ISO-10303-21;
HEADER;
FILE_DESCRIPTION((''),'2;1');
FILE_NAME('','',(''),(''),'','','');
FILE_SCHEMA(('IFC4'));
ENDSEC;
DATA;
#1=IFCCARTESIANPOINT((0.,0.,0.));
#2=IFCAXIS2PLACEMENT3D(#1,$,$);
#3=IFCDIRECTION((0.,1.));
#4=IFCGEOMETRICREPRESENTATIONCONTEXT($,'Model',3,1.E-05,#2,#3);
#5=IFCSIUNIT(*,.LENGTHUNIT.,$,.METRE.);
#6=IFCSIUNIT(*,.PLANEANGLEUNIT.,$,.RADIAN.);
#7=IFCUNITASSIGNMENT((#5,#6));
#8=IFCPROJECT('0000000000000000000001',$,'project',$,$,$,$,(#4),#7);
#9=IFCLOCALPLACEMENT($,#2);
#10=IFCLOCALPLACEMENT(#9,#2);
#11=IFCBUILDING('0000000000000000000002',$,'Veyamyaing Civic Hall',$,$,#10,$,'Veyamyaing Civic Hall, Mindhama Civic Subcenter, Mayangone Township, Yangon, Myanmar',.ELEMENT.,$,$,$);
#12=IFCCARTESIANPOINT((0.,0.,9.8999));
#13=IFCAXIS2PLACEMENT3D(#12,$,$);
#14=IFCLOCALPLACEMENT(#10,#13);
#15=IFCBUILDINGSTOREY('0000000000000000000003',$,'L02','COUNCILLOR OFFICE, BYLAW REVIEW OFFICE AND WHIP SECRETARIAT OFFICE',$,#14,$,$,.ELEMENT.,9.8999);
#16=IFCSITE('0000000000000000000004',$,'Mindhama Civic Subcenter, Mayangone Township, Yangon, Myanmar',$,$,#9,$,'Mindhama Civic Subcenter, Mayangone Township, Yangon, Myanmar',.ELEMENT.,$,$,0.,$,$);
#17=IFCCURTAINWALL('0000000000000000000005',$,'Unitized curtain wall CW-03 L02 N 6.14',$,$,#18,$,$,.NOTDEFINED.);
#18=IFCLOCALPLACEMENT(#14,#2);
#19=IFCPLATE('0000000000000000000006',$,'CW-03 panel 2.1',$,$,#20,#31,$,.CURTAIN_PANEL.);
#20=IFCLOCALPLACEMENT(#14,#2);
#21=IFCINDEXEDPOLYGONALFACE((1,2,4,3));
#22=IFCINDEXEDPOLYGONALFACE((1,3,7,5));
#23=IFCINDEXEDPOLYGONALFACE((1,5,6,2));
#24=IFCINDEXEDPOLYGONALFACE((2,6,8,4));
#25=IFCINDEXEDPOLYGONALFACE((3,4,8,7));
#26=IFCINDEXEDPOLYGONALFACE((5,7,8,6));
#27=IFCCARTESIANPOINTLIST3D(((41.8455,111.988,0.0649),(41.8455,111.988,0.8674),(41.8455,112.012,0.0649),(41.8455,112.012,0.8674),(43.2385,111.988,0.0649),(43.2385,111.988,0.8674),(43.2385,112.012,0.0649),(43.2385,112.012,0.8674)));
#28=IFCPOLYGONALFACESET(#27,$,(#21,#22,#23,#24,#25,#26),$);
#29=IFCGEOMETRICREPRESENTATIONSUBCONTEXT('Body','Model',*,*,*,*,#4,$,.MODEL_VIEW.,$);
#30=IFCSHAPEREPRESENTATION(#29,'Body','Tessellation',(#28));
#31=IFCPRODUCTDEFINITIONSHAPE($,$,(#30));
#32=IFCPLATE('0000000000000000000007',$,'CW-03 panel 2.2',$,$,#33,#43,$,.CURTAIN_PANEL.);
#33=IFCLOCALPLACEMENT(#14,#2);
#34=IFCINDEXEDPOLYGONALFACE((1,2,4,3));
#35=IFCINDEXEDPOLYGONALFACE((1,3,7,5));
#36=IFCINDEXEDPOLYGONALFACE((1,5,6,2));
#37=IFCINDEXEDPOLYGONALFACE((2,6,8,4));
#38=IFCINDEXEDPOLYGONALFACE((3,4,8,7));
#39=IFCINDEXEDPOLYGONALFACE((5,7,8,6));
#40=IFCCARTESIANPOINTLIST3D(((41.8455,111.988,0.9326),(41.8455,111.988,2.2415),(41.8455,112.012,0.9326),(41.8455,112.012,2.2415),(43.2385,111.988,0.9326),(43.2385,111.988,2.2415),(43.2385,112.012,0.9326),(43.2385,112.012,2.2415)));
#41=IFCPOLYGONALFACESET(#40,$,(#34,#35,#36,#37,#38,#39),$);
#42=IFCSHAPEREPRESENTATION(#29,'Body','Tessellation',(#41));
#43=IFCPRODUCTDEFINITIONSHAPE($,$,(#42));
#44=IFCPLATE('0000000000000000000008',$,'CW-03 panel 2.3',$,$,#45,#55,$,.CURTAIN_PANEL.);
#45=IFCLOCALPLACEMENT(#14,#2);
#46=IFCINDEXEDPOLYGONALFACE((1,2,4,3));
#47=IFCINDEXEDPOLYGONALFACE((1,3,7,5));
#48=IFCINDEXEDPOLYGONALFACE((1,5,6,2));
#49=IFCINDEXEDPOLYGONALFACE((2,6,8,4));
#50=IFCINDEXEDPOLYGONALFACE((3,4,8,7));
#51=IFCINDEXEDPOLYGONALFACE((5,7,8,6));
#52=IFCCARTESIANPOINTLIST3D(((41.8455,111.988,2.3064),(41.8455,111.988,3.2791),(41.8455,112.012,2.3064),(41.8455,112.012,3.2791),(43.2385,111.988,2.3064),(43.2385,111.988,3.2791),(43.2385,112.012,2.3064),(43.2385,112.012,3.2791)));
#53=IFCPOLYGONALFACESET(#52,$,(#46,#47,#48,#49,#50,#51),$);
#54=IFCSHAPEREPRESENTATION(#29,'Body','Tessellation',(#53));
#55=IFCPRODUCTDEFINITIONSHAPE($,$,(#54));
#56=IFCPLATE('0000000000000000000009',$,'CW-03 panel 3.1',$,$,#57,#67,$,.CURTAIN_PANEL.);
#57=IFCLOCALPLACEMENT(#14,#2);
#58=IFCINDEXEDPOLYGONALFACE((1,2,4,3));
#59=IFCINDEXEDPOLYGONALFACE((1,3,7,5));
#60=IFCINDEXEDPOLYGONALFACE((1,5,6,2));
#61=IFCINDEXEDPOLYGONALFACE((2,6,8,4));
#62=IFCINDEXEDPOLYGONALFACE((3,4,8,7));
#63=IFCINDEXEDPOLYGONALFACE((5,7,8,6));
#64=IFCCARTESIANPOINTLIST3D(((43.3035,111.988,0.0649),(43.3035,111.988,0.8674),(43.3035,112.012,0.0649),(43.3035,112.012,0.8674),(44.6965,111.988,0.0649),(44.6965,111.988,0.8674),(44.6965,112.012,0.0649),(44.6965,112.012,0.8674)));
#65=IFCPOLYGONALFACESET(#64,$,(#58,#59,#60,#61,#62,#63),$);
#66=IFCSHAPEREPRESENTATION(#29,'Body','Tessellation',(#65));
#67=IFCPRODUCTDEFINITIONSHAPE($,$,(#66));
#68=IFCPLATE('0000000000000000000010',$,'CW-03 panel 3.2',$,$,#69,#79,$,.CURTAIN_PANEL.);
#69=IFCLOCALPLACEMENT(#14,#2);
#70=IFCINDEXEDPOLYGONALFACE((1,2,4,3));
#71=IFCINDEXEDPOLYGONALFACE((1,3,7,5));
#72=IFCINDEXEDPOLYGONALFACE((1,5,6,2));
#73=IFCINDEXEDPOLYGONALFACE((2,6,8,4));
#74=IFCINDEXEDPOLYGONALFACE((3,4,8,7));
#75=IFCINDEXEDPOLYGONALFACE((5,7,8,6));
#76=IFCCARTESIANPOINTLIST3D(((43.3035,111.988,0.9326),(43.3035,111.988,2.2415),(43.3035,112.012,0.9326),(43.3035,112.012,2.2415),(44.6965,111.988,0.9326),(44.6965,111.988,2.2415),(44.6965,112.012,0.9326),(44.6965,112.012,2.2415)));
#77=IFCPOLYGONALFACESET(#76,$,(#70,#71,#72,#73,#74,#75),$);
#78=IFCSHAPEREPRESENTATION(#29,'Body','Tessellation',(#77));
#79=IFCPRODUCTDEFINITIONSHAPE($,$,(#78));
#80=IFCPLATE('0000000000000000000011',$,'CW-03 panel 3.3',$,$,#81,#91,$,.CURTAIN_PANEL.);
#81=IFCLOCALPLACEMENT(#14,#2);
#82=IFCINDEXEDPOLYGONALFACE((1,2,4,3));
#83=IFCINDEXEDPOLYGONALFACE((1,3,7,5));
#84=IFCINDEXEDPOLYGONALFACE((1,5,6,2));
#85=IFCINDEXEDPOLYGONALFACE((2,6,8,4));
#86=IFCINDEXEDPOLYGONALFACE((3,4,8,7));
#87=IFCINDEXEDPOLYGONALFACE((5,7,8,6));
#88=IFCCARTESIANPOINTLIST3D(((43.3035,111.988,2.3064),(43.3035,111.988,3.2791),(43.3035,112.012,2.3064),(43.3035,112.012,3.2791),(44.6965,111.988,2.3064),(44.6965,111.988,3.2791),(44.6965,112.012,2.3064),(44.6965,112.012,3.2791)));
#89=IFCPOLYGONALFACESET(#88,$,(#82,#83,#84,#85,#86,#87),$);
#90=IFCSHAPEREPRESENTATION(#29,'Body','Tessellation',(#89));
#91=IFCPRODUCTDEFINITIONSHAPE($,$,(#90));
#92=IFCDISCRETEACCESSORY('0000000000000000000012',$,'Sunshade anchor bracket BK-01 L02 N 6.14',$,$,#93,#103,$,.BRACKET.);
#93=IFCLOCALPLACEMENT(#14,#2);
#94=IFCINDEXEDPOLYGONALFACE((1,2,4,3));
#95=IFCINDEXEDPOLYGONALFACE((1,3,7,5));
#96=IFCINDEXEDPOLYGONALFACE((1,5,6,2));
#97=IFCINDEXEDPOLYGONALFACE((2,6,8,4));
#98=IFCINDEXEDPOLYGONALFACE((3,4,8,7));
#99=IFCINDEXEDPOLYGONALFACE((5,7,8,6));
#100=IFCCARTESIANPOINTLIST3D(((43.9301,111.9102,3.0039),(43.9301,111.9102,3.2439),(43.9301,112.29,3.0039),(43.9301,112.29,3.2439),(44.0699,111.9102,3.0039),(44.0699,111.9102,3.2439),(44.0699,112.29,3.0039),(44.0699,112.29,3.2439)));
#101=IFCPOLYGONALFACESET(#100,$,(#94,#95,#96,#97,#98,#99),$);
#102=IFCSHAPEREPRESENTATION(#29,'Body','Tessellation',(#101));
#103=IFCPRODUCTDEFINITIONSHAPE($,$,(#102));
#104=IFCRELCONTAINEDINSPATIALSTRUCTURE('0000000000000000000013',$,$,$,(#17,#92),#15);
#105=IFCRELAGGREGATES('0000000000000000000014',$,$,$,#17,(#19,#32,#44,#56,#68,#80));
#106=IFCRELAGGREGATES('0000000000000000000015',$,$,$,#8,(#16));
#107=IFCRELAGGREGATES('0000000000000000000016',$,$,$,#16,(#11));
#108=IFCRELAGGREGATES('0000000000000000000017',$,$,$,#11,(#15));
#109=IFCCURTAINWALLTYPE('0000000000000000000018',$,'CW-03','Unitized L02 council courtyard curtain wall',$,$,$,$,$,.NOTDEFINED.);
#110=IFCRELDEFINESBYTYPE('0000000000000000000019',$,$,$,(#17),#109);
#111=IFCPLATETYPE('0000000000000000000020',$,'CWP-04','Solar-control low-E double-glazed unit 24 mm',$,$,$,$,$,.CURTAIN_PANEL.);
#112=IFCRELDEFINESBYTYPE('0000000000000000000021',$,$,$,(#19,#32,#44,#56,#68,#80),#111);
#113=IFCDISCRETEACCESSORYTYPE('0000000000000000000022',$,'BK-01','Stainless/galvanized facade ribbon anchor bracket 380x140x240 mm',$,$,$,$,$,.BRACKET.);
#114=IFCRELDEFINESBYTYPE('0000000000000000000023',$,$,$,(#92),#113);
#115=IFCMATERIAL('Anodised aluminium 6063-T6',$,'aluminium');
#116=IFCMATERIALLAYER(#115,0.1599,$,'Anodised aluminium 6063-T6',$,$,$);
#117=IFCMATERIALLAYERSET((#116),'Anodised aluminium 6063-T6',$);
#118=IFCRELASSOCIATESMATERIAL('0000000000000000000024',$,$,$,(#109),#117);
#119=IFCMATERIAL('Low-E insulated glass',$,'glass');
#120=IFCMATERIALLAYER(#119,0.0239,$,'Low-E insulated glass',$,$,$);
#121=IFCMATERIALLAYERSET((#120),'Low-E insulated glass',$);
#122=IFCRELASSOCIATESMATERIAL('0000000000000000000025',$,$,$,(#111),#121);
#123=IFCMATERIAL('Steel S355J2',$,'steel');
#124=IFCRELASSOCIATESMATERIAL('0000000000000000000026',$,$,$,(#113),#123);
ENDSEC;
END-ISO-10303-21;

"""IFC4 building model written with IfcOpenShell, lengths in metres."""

from ifc_helpers import new_model, si_unit, direction, frame, origin, origin_2d, place, context, subcontext, project, spatial, rectangle, extrude, material, layer, layer_set, type_object, element, aggregate, save


model = new_model("IFC4")

# Units and contexts
model_context = context("Model", 3, precision=1e-05, world=origin(), true_north=direction((0.0, 1.0)))
body_context = subcontext(model_context, "Body", "Model", "MODEL_VIEW")
ifc_project = project(units=[si_unit("LENGTHUNIT", "METRE"), si_unit("PLANEANGLEUNIT", "RADIAN")], contexts=[model_context])

# Site, building, storey
site_placement = place(None, origin())
site = spatial("IfcSite", under=ifc_project, at=site_placement, Name="Mindhama Civic Subcenter, Mayangone Township, Yangon, Myanmar", LongName="Mindhama Civic Subcenter, Mayangone Township, Yangon, Myanmar", CompositionType="ELEMENT", RefElevation=0.0)
building_placement = place(site_placement, origin())
building = spatial("IfcBuilding", under=site, at=building_placement, Name="Veyamyaing Civic Hall", LongName="Veyamyaing Civic Hall, Mindhama Civic Subcenter, Mayangone Township, Yangon, Myanmar", CompositionType="ELEMENT")
storey_placement = place(building_placement, frame((0.0, 0.0, 9.8999)))
storey = spatial("IfcBuildingStorey", under=building, at=storey_placement, Name="L02", Description="COUNCILLOR OFFICE, BYLAW REVIEW OFFICE AND WHIP SECRETARIAT OFFICE", CompositionType="ELEMENT", Elevation=9.8999)

# Curtain wall, plates
ifc_material_1 = material(Name="Anodised aluminium 6063-T6", Category="aluminium")
ifc_layer_1 = layer(ifc_material_1, 0.1599, Name="Anodised aluminium 6063-T6")
ifc_layer_set_1 = layer_set([ifc_layer_1], Name="Anodised aluminium 6063-T6")
curtain_wall_type = type_object("IfcCurtainWallType", Name="CW-03", Description="Unitized L02 council courtyard curtain wall", PredefinedType="NOTDEFINED", material=ifc_layer_set_1)
curtain_wall_placement = place(storey_placement, origin())
curtain_wall = element("IfcCurtainWall", 1, at=curtain_wall_placement, inside=storey, type_object=curtain_wall_type, Name="Unitized curtain wall CW-03 L02 N 6.14", PredefinedType="NOTDEFINED")
ifc_material_2 = material(Name="Low-E insulated glass", Category="glass")
ifc_layer_2 = layer(ifc_material_2, 0.0239, Name="Low-E insulated glass")
ifc_layer_set_2 = layer_set([ifc_layer_2], Name="Low-E insulated glass")
plate_type = type_object("IfcPlateType", Name="CWP-04", Description="Solar-control low-E double-glazed unit 24 mm", PredefinedType="CURTAIN_PANEL", material=ifc_layer_set_2)
plate_1_placement = place(storey_placement, frame((42.542, 112.0, 0.0649), z_axis=(0.0, 0.0, 1.0), x_axis=(1.0, 0.0, 0.0)))
plate_1 = element("IfcPlate", 2, at=plate_1_placement, type_object=plate_type, Name="CW-03 panel 2.1", PredefinedType="CURTAIN_PANEL", context=body_context, shape_type="SweptSolid", body=[
    extrude(rectangle(XDim=1.3931, YDim=0.0239, at=origin_2d()), origin(), (0.0, 0.0, 1.0), 0.8025),
])
plate_2_placement = place(storey_placement, frame((42.542, 112.0, 0.9326), z_axis=(0.0, 0.0, 1.0), x_axis=(1.0, 0.0, 0.0)))
plate_2 = element("IfcPlate", 3, at=plate_2_placement, type_object=plate_type, Name="CW-03 panel 2.2", PredefinedType="CURTAIN_PANEL", context=body_context, shape_type="SweptSolid", body=[
    extrude(rectangle(XDim=1.3931, YDim=0.0239, at=origin_2d()), origin(), (0.0, 0.0, 1.0), 1.3088),
])
plate_3_placement = place(storey_placement, frame((42.542, 112.0, 2.3064), z_axis=(0.0, 0.0, 1.0), x_axis=(1.0, 0.0, 0.0)))
plate_3 = element("IfcPlate", 4, at=plate_3_placement, type_object=plate_type, Name="CW-03 panel 2.3", PredefinedType="CURTAIN_PANEL", context=body_context, shape_type="SweptSolid", body=[
    extrude(rectangle(XDim=1.3931, YDim=0.0239, at=origin_2d()), origin(), (0.0, 0.0, 1.0), 0.9727),
])
plate_4_placement = place(storey_placement, frame((44.0, 112.0, 0.0649), z_axis=(0.0, 0.0, 1.0), x_axis=(1.0, 0.0, 0.0)))
plate_4 = element("IfcPlate", 5, at=plate_4_placement, type_object=plate_type, Name="CW-03 panel 3.1", PredefinedType="CURTAIN_PANEL", context=body_context, shape_type="SweptSolid", body=[
    extrude(rectangle(XDim=1.3931, YDim=0.0239, at=origin_2d()), origin(), (0.0, 0.0, 1.0), 0.8025),
])
plate_5_placement = place(storey_placement, frame((44.0, 112.0, 0.9326), z_axis=(0.0, 0.0, 1.0), x_axis=(1.0, 0.0, 0.0)))
plate_5 = element("IfcPlate", 6, at=plate_5_placement, type_object=plate_type, Name="CW-03 panel 3.2", PredefinedType="CURTAIN_PANEL", context=body_context, shape_type="SweptSolid", body=[
    extrude(rectangle(XDim=1.3931, YDim=0.0239, at=origin_2d()), origin(), (0.0, 0.0, 1.0), 1.3088),
])
plate_6_placement = place(storey_placement, frame((44.0, 112.0, 2.3064), z_axis=(0.0, 0.0, 1.0), x_axis=(1.0, 0.0, 0.0)))
plate_6 = element("IfcPlate", 7, at=plate_6_placement, type_object=plate_type, Name="CW-03 panel 3.3", PredefinedType="CURTAIN_PANEL", context=body_context, shape_type="SweptSolid", body=[
    extrude(rectangle(XDim=1.3931, YDim=0.0239, at=origin_2d()), origin(), (0.0, 0.0, 1.0), 0.9727),
])
aggregate(curtain_wall, [plate_1, plate_2, plate_3, plate_4, plate_5, plate_6])

# Discrete accessory
ifc_material_3 = material(Name="Steel S355J2", Category="steel")
discrete_accessory_type = type_object("IfcDiscreteAccessoryType", Name="BK-01", Description="Stainless/galvanized facade ribbon anchor bracket 380x140x240 mm", PredefinedType="BRACKET", material=ifc_material_3)
discrete_accessory_placement = place(storey_placement, frame((44.0, 112.1001, 3.0039), z_axis=(0.0, 0.0, 1.0), x_axis=(0.0, 1.0, 0.0)))
element("IfcDiscreteAccessory", 8, at=discrete_accessory_placement, inside=storey, type_object=discrete_accessory_type, Name="Sunshade anchor bracket BK-01 L02 N 6.14", PredefinedType="BRACKET", context=body_context, shape_type="SweptSolid", body=[
    extrude(rectangle(XDim=0.3799, YDim=0.1399, at=origin_2d()), origin(), (0.0, 0.0, 1.0), 0.24),
])

save(model, "model.ifc")
